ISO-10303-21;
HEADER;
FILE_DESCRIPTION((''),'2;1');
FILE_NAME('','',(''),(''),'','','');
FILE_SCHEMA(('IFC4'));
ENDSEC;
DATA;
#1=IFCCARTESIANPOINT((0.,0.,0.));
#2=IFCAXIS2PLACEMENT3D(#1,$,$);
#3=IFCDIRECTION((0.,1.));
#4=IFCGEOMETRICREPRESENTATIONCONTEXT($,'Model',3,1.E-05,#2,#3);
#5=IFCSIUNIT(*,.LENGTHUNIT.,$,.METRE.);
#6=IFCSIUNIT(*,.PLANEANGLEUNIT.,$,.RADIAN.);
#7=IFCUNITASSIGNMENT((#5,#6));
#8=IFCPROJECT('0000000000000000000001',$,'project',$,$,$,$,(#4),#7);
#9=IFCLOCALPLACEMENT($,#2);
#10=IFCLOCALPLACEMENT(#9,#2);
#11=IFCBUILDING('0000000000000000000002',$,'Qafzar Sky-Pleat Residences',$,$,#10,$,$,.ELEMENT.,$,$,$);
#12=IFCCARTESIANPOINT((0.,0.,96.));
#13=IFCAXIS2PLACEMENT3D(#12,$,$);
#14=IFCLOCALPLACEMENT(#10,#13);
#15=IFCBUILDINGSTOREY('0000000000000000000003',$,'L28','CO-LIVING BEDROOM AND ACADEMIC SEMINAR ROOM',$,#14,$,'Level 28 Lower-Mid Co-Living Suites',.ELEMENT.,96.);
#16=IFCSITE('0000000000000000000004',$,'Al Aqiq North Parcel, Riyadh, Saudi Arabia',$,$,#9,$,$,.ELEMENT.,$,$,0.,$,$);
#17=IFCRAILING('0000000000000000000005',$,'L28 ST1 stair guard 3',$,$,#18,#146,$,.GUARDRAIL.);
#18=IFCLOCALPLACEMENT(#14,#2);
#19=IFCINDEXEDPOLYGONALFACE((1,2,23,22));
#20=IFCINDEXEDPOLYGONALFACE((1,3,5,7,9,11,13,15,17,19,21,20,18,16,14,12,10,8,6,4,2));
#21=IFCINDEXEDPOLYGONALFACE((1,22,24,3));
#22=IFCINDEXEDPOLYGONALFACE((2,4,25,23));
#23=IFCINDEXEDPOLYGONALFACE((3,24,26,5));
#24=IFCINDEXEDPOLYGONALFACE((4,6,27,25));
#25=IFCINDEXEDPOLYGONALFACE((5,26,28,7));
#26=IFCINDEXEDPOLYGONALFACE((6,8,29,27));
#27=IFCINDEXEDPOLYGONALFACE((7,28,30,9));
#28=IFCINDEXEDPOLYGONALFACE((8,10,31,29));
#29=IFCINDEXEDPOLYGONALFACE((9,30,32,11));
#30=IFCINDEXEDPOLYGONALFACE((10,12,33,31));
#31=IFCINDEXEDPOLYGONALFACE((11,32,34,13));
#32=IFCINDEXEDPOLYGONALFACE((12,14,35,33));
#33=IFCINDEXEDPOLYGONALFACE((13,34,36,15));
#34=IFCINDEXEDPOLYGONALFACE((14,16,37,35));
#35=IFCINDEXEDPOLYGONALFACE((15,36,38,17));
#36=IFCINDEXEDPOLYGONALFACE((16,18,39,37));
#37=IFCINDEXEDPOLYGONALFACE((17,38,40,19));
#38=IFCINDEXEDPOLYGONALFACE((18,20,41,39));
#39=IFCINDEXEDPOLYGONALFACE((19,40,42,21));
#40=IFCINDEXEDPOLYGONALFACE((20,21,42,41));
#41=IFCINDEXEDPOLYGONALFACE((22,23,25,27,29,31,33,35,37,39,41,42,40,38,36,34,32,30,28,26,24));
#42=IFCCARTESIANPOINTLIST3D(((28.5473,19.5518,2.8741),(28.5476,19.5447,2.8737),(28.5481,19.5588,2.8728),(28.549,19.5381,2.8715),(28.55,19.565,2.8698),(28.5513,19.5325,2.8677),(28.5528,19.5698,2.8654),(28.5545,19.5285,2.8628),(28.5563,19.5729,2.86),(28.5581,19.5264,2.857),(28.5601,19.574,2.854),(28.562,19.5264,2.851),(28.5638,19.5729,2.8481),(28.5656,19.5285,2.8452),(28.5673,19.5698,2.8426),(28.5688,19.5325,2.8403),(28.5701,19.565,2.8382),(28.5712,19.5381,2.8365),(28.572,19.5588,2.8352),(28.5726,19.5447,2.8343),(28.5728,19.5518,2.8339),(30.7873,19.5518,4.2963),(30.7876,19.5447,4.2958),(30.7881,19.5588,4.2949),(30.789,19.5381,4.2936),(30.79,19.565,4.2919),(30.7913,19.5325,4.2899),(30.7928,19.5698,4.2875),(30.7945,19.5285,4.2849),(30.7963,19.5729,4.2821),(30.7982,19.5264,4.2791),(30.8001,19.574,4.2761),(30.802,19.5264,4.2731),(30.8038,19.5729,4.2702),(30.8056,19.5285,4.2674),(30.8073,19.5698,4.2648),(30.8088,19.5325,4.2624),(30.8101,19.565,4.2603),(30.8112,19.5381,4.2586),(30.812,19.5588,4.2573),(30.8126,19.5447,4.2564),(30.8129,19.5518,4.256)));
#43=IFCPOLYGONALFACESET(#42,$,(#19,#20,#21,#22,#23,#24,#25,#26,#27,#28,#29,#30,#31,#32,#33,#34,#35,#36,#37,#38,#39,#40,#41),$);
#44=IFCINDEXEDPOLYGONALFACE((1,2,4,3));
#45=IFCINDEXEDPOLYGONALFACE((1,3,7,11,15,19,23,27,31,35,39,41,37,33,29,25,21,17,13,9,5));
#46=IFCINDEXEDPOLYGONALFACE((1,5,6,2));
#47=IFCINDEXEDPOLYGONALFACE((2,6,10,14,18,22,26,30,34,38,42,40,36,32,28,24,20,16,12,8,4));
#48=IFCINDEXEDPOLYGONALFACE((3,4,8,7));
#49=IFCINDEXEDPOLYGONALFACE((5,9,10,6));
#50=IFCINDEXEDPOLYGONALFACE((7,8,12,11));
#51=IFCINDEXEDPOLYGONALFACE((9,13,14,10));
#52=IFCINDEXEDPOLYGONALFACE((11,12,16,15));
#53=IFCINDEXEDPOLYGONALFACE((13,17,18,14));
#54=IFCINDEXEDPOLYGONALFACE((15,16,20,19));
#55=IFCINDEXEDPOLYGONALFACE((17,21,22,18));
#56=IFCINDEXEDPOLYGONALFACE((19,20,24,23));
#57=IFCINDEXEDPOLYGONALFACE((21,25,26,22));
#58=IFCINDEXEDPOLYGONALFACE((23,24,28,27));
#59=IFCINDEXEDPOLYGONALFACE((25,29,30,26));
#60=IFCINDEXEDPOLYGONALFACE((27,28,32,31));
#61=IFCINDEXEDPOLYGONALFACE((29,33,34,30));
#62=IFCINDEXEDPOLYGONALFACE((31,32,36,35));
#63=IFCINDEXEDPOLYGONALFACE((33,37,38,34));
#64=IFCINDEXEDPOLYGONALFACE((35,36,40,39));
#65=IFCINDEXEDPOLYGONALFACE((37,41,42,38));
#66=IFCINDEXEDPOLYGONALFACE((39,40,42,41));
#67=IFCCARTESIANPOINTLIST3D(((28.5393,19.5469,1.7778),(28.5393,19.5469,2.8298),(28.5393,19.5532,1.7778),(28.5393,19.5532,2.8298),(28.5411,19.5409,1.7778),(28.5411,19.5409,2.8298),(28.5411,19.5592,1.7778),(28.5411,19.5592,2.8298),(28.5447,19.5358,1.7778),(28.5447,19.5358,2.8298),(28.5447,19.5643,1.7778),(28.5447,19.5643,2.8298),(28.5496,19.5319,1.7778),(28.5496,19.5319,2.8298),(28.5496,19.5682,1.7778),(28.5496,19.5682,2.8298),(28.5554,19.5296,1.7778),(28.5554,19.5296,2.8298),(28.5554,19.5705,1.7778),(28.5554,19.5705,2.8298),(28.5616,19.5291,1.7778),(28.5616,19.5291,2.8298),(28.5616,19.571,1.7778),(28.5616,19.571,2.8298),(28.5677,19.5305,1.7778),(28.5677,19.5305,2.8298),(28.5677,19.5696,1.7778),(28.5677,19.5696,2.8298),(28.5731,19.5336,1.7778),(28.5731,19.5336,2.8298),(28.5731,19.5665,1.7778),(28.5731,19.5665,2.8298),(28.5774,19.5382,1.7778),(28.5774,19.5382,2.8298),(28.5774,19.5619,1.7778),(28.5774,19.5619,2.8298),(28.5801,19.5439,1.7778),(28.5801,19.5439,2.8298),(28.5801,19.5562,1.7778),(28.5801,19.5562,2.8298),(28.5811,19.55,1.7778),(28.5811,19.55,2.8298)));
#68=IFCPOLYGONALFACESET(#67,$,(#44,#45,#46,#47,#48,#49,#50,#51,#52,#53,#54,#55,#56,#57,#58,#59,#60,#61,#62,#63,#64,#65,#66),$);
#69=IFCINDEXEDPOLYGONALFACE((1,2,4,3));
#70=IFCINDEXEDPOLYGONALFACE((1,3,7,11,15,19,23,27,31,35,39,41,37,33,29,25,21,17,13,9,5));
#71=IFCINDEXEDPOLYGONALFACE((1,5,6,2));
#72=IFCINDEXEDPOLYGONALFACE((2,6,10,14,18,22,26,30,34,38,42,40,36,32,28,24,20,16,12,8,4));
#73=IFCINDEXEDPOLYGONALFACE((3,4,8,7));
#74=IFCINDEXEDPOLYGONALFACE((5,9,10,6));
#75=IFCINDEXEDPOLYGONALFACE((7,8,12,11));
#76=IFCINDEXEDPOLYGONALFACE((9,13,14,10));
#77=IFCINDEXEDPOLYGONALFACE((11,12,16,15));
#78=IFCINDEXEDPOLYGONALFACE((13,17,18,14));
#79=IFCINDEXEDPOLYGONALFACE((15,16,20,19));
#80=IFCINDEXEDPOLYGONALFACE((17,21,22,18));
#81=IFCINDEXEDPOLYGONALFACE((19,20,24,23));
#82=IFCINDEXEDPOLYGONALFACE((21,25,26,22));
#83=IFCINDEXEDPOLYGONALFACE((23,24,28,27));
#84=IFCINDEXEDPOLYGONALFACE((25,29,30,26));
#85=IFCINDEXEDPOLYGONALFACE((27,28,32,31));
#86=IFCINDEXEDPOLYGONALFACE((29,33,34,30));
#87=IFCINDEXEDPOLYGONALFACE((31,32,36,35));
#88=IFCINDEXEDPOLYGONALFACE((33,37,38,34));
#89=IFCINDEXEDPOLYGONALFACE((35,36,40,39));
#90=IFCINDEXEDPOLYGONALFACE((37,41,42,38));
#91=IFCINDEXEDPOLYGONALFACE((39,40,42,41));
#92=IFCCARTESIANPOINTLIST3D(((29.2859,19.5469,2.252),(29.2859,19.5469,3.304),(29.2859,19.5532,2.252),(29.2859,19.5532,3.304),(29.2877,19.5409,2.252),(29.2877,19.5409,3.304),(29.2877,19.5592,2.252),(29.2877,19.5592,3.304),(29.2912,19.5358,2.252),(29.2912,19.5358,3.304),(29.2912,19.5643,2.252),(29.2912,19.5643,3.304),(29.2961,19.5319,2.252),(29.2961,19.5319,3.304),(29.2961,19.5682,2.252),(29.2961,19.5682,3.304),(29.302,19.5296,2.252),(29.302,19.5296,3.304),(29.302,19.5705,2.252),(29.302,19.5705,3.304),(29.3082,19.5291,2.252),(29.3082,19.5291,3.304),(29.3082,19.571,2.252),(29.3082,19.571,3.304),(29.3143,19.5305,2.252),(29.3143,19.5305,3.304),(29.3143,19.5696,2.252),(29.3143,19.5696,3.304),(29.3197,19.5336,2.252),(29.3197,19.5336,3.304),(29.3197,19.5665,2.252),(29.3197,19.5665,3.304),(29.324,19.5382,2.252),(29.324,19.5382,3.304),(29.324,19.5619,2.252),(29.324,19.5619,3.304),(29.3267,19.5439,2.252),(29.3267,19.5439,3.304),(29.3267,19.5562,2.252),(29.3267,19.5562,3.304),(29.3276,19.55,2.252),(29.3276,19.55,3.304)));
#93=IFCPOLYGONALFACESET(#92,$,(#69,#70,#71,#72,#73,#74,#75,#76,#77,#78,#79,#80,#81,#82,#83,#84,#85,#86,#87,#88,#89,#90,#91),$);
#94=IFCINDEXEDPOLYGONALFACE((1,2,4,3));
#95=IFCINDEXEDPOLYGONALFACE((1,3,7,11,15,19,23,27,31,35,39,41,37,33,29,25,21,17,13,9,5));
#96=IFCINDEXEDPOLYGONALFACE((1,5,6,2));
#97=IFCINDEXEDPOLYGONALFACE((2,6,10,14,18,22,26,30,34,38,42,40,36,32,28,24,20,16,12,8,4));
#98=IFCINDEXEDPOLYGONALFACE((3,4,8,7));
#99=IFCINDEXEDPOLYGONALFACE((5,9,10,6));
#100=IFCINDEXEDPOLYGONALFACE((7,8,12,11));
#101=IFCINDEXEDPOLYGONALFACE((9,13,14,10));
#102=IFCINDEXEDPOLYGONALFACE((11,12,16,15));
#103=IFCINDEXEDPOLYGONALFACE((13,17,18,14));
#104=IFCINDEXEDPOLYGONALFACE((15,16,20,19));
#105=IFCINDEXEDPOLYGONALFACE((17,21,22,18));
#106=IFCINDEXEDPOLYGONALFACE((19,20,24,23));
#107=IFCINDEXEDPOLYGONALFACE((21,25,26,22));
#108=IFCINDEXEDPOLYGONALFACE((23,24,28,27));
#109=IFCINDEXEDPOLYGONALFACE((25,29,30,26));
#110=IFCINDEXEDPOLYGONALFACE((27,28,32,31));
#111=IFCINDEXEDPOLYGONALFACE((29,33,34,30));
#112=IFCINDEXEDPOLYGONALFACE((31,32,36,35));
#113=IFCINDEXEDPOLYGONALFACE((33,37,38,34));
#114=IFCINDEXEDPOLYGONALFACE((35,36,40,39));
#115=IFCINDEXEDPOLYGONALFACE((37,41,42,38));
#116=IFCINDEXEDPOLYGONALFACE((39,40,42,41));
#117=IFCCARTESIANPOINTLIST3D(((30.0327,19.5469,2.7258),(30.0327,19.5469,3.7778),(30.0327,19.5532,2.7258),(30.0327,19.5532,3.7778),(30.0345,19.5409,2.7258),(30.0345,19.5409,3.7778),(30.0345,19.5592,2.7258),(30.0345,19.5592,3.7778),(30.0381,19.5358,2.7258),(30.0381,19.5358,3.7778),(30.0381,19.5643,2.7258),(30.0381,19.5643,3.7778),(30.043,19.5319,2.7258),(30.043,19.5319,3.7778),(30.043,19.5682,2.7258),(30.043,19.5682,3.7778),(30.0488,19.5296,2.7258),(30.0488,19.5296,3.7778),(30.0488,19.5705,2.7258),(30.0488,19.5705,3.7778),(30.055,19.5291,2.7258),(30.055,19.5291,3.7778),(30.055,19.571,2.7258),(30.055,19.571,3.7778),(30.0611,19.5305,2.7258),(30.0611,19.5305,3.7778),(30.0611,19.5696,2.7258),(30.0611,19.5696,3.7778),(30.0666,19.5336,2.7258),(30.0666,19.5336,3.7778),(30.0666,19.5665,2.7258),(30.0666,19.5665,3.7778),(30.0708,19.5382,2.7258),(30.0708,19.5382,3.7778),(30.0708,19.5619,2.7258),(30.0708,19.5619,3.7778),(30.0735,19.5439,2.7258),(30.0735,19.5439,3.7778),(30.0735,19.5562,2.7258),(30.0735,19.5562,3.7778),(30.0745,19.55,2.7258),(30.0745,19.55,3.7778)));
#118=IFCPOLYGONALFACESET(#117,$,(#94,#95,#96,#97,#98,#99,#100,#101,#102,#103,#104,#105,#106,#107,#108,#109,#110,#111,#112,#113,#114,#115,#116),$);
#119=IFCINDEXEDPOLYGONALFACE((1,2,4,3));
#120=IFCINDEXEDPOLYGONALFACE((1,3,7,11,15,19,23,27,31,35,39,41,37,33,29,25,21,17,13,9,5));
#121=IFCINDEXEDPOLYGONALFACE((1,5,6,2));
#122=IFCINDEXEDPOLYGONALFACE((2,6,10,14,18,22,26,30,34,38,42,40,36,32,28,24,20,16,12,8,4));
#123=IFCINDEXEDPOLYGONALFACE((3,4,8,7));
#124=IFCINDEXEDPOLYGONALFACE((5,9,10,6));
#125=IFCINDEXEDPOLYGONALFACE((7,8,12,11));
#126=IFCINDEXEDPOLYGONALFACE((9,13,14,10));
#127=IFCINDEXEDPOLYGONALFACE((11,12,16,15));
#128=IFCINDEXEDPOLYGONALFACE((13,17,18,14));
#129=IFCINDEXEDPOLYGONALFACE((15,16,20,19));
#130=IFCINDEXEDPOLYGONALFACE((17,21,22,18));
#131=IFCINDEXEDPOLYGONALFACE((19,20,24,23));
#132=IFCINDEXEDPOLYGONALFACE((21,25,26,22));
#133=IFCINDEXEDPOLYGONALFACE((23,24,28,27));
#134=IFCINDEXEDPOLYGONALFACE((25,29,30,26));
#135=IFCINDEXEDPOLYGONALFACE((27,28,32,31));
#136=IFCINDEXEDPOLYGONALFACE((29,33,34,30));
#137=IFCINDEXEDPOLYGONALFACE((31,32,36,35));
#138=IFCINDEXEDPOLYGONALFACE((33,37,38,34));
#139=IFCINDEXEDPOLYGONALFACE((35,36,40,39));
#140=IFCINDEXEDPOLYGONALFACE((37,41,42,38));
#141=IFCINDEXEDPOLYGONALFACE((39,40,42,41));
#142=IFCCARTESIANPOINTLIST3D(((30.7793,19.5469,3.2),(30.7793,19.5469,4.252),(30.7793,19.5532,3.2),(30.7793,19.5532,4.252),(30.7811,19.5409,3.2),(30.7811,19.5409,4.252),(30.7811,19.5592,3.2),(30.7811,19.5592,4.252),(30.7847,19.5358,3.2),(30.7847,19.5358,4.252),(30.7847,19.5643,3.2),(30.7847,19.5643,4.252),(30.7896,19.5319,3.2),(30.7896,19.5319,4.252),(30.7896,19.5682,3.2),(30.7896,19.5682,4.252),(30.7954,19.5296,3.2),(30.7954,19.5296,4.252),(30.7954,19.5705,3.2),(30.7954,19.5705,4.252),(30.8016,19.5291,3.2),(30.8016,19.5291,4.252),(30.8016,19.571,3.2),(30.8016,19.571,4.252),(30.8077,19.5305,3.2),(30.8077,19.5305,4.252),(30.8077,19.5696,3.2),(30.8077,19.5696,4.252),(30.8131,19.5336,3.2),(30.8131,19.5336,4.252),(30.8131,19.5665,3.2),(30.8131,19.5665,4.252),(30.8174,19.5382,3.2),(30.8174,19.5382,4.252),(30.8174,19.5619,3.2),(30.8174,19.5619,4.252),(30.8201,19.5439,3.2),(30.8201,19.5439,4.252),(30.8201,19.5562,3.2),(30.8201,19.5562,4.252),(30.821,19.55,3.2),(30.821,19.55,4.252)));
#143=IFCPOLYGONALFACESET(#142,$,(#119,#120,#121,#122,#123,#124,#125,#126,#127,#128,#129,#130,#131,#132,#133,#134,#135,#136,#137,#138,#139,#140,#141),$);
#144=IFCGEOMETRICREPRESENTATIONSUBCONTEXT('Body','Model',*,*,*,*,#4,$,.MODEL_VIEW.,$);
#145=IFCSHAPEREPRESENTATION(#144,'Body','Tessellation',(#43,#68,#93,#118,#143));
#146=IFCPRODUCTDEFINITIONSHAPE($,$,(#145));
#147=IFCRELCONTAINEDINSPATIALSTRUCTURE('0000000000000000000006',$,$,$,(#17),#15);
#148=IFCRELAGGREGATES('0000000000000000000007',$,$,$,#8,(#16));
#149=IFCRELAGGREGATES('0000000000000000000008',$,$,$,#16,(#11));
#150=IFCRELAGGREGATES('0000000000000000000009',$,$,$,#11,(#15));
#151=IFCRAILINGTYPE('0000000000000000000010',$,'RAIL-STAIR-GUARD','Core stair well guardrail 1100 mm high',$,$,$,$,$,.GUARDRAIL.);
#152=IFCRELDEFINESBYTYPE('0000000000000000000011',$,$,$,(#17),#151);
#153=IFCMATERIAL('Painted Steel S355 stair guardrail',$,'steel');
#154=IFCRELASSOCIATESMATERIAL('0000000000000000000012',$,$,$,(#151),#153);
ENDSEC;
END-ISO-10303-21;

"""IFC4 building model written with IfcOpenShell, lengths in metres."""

from ifc_helpers import new_model, si_unit, direction, frame, origin, origin_2d, place, context, subcontext, project, spatial, circle, extrude, source, transform, mapped, material, type_object, element, save


model = new_model("IFC4")

# Units and contexts
model_context = context("Model", 3, precision=1e-05, world=origin(), true_north=direction((0.0, 1.0)))
body_context = subcontext(model_context, "Body", "Model", "MODEL_VIEW")
ifc_project = project(units=[si_unit("LENGTHUNIT", "METRE"), si_unit("PLANEANGLEUNIT", "RADIAN")], contexts=[model_context])

# Site, building, storey
site_placement = place(None, origin())
site = spatial("IfcSite", under=ifc_project, at=site_placement, Name="Al Aqiq North Parcel, Riyadh, Saudi Arabia", CompositionType="ELEMENT", RefElevation=0.0)
building_placement = place(site_placement, origin())
building = spatial("IfcBuilding", under=site, at=building_placement, Name="Qafzar Sky-Pleat Residences", CompositionType="ELEMENT")
storey_placement = place(building_placement, frame((0.0, 0.0, 96.0)))
storey = spatial("IfcBuildingStorey", under=building, at=storey_placement, Name="L28", Description="CO-LIVING BEDROOM AND ACADEMIC SEMINAR ROOM", LongName="Level 28 Lower-Mid Co-Living Suites", CompositionType="ELEMENT", Elevation=96.0)

# Railing
ifc_material_1 = material(Name="Painted Steel S355 stair guardrail", Category="steel")
railing_type_1 = type_object("IfcRailingType", Name="RAIL-STAIR-GUARD", Description="Core stair well guardrail 1100 mm high", PredefinedType="GUARDRAIL", material=ifc_material_1)
shared_shape_1 = source(origin(), body_context, "Body", "SweptSolid", [
    extrude(circle(Radius=0.0239, at=origin_2d()), frame((0.0, 0.0, 1.0762), z_axis=(0.844229, 0.0, 0.535982), x_axis=(0.0, 1.0, 0.0)), (0.0, 0.0, 1.0), 2.6533),
    extrude(circle(Radius=0.021, at=origin_2d()), origin(), (0.0, 0.0, 1.0), 1.052),
    extrude(circle(Radius=0.021, at=origin_2d()), frame((0.7466, 0.0, 0.4741)), (0.0, 0.0, 1.0), 1.052),
    extrude(circle(Radius=0.021, at=origin_2d()), frame((1.4934, 0.0, 0.948)), (0.0, 0.0, 1.0), 1.052),
    extrude(circle(Radius=0.021, at=origin_2d()), frame((2.24, 0.0, 1.4221)), (0.0, 0.0, 1.0), 1.052),
])
railing_1_placement = place(storey_placement, frame((28.5601, 19.55, 1.7778)))
element("IfcRailing", 1, at=railing_1_placement, inside=storey, type_object=railing_type_1, Name="L28 ST1 stair guard 3", PredefinedType="GUARDRAIL", context=body_context, shape_type="MappedRepresentation", body=[
    mapped(shared_shape_1, transform((0.0, 0.0, 0.0), x_axis=(1.0, 0.0, 0.0), y_axis=(0.0, 1.0, 0.0), z_axis=(0.0, 0.0, 1.0), scale=1.0)),
])

save(model, "model.ifc")
